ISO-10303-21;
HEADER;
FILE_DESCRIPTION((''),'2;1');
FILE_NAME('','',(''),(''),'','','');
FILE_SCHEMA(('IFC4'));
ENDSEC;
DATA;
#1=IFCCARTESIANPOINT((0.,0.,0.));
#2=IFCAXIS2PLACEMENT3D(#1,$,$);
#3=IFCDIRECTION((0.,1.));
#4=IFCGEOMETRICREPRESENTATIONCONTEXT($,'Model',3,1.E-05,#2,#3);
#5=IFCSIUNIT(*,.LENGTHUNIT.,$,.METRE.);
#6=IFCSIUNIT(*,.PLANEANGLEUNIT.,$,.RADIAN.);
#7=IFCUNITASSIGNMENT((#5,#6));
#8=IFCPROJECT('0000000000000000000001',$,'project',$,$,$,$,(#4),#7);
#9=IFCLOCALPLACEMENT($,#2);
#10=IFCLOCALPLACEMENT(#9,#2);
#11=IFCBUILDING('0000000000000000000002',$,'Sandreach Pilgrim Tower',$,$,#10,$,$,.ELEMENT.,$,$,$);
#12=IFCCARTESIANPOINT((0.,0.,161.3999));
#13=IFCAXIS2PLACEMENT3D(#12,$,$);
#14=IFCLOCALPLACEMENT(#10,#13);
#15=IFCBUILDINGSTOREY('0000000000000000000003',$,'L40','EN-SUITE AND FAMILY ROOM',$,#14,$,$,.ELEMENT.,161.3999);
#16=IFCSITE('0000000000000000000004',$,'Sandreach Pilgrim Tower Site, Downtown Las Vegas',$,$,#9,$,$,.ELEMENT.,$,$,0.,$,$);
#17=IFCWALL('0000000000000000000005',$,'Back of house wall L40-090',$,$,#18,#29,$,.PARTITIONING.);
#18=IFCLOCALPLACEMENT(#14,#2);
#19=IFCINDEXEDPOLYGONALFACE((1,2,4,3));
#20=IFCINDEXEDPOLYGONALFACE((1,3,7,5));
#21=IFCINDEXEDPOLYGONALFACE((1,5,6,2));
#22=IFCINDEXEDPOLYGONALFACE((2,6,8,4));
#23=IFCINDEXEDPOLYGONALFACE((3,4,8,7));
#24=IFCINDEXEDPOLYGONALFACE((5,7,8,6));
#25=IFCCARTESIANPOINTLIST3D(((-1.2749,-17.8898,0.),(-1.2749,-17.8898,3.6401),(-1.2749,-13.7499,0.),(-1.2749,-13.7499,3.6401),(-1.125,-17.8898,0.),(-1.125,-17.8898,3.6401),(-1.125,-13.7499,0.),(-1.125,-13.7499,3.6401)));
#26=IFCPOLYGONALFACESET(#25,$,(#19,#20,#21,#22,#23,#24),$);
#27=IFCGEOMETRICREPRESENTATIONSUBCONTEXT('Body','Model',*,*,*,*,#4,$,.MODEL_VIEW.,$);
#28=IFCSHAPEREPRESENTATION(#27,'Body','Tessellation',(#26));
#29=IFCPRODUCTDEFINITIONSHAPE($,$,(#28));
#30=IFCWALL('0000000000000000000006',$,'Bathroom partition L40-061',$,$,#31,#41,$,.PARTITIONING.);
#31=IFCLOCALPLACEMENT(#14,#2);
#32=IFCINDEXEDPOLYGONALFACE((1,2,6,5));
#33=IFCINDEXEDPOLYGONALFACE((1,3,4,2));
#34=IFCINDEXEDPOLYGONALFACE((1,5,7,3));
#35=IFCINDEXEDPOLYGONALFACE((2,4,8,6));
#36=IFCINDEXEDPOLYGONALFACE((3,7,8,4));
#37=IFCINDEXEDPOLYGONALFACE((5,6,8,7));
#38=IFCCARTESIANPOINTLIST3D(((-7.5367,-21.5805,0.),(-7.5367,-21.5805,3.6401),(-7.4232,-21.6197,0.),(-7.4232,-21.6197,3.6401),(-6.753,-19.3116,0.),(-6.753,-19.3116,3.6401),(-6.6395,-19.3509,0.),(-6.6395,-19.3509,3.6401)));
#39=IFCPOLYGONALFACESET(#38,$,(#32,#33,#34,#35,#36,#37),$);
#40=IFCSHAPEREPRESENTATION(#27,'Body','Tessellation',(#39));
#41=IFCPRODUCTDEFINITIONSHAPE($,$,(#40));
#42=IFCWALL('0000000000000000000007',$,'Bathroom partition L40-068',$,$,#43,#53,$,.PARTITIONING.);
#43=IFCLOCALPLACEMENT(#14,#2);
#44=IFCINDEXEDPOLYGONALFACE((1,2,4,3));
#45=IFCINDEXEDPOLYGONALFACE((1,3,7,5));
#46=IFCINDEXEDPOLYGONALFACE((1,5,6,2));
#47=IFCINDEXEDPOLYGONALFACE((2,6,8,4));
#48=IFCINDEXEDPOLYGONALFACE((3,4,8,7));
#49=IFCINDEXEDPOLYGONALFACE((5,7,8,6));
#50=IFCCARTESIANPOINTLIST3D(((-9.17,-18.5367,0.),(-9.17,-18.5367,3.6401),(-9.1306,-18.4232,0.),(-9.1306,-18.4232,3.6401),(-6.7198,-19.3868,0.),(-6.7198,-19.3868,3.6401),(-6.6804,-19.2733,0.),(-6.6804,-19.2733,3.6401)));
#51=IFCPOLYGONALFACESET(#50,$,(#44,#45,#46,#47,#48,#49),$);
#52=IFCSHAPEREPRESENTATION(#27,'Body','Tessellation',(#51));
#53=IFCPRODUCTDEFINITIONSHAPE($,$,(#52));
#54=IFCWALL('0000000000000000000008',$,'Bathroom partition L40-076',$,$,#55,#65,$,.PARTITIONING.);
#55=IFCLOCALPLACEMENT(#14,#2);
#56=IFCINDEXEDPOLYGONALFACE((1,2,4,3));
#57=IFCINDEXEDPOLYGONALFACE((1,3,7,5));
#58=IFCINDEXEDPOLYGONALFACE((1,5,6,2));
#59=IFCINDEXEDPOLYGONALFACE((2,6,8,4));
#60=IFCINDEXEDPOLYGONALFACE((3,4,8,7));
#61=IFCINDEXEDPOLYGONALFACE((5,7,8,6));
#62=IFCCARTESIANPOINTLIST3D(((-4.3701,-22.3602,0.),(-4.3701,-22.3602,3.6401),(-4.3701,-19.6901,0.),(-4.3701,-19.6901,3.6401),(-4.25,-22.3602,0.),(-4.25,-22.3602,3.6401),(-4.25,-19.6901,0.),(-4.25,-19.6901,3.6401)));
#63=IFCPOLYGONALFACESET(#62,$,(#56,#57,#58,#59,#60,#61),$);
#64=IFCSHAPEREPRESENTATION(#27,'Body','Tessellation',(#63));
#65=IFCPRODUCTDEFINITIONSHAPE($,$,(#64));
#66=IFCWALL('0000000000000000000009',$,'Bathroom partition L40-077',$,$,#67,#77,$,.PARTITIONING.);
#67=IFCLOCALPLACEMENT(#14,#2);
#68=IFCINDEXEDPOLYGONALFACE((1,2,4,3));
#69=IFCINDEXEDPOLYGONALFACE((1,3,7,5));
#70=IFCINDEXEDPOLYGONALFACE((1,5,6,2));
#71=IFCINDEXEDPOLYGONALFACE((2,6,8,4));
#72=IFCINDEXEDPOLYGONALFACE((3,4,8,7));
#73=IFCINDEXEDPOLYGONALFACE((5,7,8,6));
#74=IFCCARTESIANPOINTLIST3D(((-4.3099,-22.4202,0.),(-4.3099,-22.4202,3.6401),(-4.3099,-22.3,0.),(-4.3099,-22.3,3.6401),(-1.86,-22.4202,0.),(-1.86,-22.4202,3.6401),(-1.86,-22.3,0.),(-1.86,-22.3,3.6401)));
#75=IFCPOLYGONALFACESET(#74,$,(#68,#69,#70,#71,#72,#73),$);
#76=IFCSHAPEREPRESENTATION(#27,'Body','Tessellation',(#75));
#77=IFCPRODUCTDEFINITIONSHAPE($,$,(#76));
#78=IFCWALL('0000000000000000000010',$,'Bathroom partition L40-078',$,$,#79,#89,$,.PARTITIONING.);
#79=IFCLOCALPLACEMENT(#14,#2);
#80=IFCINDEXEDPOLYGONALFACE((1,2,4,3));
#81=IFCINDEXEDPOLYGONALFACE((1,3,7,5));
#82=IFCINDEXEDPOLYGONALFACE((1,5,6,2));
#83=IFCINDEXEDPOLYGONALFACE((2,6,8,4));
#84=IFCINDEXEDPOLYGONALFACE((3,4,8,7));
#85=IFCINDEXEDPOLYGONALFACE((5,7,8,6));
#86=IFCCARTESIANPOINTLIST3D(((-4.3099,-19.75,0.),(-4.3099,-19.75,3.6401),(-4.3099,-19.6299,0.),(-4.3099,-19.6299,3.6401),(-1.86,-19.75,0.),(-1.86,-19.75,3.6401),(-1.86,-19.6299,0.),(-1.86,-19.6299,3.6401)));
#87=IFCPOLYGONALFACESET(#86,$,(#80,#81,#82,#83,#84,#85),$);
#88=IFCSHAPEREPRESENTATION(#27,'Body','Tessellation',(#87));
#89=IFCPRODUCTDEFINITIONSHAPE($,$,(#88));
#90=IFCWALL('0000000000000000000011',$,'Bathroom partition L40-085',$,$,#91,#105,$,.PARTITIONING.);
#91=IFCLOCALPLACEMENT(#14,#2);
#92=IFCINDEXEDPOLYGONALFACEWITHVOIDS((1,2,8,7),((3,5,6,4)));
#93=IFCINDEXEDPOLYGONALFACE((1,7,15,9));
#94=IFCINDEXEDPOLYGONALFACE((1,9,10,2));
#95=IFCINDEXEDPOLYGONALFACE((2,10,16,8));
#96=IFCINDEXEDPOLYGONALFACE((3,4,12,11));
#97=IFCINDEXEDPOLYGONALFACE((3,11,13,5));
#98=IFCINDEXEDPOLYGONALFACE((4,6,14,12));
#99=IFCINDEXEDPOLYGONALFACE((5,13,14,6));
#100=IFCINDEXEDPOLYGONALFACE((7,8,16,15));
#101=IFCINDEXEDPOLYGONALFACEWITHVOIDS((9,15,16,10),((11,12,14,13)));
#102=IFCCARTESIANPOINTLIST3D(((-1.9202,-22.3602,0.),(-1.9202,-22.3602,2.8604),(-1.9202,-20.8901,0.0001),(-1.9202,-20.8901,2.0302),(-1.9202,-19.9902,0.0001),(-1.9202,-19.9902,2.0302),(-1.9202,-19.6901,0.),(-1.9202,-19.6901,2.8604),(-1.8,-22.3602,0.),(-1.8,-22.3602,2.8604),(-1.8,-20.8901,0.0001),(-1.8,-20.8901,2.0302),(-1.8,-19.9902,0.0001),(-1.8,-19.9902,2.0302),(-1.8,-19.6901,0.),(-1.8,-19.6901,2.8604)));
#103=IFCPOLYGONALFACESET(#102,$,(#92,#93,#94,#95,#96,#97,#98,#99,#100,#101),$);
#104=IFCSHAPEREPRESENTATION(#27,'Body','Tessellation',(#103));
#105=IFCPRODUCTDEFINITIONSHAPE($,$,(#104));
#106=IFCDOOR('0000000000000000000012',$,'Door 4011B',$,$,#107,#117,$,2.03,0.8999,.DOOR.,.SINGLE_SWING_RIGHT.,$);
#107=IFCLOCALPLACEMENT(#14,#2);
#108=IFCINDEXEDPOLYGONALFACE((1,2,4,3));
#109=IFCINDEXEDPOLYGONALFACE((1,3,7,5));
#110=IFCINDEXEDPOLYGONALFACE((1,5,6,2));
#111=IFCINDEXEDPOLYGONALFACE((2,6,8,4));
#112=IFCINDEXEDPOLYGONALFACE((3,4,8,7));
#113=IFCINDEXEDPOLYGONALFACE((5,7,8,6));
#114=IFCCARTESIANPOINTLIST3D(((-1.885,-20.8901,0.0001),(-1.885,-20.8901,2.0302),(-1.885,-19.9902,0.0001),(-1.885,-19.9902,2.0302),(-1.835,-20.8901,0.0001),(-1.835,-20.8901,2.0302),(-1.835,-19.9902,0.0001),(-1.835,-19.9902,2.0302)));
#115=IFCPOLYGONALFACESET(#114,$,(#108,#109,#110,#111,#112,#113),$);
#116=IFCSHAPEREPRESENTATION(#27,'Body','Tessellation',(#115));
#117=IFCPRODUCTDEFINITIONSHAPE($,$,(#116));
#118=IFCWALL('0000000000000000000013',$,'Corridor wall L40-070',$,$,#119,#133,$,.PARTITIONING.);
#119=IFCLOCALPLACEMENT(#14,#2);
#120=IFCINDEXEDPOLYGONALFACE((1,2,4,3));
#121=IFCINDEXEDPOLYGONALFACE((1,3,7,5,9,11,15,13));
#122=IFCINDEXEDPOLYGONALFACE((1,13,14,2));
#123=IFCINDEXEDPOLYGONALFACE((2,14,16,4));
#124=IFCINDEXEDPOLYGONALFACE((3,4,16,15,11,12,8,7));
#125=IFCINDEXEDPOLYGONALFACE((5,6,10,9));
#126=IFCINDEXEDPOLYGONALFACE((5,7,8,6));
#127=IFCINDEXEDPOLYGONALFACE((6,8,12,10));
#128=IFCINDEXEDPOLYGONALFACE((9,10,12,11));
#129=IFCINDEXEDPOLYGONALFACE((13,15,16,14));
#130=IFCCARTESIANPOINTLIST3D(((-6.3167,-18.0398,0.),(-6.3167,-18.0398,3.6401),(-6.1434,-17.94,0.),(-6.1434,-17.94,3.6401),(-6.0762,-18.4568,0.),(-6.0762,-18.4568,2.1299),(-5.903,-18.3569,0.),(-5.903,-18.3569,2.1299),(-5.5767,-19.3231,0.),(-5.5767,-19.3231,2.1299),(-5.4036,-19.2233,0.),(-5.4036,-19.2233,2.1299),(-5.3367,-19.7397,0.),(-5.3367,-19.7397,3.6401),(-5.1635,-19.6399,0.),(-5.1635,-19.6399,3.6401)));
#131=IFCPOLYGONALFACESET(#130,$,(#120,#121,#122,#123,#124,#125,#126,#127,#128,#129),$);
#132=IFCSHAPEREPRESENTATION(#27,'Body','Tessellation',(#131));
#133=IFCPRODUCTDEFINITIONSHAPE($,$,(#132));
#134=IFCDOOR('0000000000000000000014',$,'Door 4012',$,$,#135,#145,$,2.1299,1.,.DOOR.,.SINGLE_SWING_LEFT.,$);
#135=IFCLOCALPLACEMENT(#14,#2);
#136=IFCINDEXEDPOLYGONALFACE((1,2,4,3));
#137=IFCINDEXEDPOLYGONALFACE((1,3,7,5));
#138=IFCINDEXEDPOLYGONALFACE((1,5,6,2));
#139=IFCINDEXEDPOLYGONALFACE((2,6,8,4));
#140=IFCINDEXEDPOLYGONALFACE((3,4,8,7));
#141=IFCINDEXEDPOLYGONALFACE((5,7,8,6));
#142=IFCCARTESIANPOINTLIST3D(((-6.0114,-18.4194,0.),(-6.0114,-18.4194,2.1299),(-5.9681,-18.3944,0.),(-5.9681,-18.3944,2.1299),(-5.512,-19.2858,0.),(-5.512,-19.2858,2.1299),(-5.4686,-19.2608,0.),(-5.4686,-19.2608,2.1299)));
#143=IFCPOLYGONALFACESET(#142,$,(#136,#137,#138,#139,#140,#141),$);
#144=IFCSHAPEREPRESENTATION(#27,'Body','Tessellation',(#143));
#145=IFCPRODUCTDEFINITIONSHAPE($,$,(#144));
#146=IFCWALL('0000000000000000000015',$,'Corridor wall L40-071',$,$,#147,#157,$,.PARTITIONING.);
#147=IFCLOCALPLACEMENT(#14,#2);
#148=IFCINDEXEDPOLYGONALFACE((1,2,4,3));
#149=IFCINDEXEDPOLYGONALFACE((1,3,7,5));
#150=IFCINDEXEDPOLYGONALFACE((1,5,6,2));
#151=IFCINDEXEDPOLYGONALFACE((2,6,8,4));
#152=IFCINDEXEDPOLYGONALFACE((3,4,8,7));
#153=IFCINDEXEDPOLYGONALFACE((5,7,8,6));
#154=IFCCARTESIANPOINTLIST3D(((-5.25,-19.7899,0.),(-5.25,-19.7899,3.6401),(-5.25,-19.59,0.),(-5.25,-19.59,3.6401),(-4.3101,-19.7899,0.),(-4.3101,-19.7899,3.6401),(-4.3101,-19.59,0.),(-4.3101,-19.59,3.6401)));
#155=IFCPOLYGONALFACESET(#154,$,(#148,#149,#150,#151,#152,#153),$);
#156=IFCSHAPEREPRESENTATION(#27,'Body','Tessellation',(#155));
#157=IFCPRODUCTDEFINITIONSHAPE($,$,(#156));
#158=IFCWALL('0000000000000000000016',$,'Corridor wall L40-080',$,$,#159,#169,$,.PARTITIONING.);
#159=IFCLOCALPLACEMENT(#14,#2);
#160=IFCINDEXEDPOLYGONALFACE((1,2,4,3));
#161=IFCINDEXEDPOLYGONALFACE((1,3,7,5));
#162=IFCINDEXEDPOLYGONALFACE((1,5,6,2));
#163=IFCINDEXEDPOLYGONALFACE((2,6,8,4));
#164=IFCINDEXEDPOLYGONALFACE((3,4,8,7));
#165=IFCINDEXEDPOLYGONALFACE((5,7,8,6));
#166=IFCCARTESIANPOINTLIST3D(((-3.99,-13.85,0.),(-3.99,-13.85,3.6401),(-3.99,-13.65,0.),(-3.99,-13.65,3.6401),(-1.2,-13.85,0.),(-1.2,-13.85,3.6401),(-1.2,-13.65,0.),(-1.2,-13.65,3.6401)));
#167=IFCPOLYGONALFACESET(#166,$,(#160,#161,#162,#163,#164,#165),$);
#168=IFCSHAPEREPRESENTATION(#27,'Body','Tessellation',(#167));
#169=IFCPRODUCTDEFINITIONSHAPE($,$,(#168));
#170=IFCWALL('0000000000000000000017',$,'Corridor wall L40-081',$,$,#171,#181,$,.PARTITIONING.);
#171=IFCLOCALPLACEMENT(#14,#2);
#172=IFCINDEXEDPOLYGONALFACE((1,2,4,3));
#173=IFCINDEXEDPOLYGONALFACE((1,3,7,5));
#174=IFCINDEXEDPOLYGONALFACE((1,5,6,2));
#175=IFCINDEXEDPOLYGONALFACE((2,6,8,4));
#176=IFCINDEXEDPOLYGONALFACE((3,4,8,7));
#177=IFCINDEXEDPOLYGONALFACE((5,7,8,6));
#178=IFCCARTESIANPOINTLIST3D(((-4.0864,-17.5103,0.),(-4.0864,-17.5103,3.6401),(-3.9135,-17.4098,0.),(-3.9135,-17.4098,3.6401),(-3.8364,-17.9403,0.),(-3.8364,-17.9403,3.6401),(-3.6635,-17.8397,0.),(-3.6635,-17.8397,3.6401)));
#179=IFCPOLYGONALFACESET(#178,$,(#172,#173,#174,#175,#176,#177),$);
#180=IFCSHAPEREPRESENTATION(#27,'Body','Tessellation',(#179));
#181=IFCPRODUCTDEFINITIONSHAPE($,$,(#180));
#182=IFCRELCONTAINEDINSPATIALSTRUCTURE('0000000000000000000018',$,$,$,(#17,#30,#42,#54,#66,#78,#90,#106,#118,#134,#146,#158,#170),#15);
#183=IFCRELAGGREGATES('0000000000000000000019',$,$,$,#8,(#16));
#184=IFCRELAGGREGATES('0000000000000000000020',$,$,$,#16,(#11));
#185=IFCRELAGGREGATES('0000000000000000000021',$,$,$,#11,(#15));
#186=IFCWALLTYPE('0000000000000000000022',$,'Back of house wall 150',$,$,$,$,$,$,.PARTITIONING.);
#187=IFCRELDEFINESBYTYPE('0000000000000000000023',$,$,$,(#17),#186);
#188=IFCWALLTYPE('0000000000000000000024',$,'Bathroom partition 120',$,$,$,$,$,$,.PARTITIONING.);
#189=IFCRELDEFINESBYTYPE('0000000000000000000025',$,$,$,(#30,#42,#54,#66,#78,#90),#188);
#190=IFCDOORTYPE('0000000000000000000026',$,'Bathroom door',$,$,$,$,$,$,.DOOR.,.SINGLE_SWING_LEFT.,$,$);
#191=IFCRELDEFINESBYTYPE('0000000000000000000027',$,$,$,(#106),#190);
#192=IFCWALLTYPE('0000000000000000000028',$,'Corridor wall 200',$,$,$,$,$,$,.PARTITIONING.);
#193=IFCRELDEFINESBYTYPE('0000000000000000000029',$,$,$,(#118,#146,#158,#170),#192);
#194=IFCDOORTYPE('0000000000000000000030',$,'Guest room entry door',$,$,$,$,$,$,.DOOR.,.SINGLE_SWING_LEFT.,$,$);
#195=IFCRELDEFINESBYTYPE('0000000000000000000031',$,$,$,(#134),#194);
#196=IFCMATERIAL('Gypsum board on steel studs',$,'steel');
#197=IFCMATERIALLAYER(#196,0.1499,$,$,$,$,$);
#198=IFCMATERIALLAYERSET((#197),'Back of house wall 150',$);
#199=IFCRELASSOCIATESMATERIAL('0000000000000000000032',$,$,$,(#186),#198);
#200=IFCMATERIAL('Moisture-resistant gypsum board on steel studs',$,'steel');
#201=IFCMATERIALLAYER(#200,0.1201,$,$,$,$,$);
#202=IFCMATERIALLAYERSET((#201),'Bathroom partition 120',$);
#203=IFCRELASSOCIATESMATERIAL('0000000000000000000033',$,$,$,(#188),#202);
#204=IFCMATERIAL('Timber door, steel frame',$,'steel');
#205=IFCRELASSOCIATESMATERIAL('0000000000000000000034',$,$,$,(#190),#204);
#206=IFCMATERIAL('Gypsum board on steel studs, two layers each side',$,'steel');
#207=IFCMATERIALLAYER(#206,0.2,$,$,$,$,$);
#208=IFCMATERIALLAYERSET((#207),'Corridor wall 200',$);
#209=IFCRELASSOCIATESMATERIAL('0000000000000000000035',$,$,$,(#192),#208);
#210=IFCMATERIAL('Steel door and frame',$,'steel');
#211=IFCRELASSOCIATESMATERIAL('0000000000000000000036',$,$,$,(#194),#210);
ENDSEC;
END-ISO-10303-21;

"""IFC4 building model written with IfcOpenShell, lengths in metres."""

from ifc_helpers import new_model, si_unit, direction, frame, frame_2d, origin, place, context, subcontext, project, spatial, rectangle, extrude, material, layer, layer_set, type_object, element, fill, save


model = new_model("IFC4")

# Units and contexts
model_context = context("Model", 3, precision=1e-05, world=origin(), true_north=direction((0.0, 1.0)))
body_context = subcontext(model_context, "Body", "Model", "MODEL_VIEW")
ifc_project = project(units=[si_unit("LENGTHUNIT", "METRE"), si_unit("PLANEANGLEUNIT", "RADIAN")], contexts=[model_context])

# Site, building, storey
site_placement = place(None, origin())
site = spatial("IfcSite", under=ifc_project, at=site_placement, Name="Sandreach Pilgrim Tower Site, Downtown Las Vegas", CompositionType="ELEMENT", RefElevation=0.0)
building_placement = place(site_placement, origin())
building = spatial("IfcBuilding", under=site, at=building_placement, Name="Sandreach Pilgrim Tower", CompositionType="ELEMENT")
storey_placement = place(building_placement, frame((0.0, 0.0, 161.3999)))
storey = spatial("IfcBuildingStorey", under=building, at=storey_placement, Name="L40", Description="EN-SUITE AND FAMILY ROOM", CompositionType="ELEMENT", Elevation=161.3999)

# Walls
ifc_material_1 = material(Name="Gypsum board on steel studs", Category="steel")
ifc_layer_1 = layer(ifc_material_1, 0.1499)
ifc_layer_set_1 = layer_set([ifc_layer_1], Name="Back of house wall 150")
wall_type_1 = type_object("IfcWallType", Name="Back of house wall 150", PredefinedType="PARTITIONING", material=ifc_layer_set_1)
wall_1_placement = place(storey_placement, frame((-1.2, -13.75, 0.0), z_axis=(0.0, 0.0, 1.0), x_axis=(0.0, -1.0, 0.0)))
element("IfcWall", 1, at=wall_1_placement, inside=storey, type_object=wall_type_1, Name="Back of house wall L40-090", PredefinedType="PARTITIONING", context=body_context, shape_type="SweptSolid", body=[
    extrude(rectangle(XDim=4.1399, YDim=0.1499, at=frame_2d((2.0698, 0.0))), origin(), (0.0, 0.0, 1.0), 3.6401),
])
ifc_material_2 = material(Name="Moisture-resistant gypsum board on steel studs", Category="steel")
ifc_layer_2 = layer(ifc_material_2, 0.1201)
ifc_layer_set_2 = layer_set([ifc_layer_2], Name="Bathroom partition 120")
wall_type_2 = type_object("IfcWallType", Name="Bathroom partition 120", PredefinedType="PARTITIONING", material=ifc_layer_set_2)
wall_2_placement = place(storey_placement, frame((-7.48, -21.6001, 0.0), z_axis=(0.0, 0.0, 1.0), x_axis=(0.326492, 0.9452, 0.0)))
element("IfcWall", 2, at=wall_2_placement, inside=storey, type_object=wall_type_2, Name="Bathroom partition L40-061", PredefinedType="PARTITIONING", context=body_context, shape_type="SweptSolid", body=[
    extrude(rectangle(XDim=2.4004, YDim=0.1201, at=frame_2d((1.2002, 0.0))), origin(), (0.0, 0.0, 1.0), 3.6401),
])
wall_3_placement = place(storey_placement, frame((-6.7, -19.3301, 0.0), z_axis=(0.0, 0.0, 1.0), x_axis=(-0.944753, 0.327783, 0.0)))
element("IfcWall", 3, at=wall_3_placement, inside=storey, type_object=wall_type_2, Name="Bathroom partition L40-068", PredefinedType="PARTITIONING", context=body_context, shape_type="SweptSolid", body=[
    extrude(rectangle(XDim=2.5935, YDim=0.1201, at=frame_2d((1.2969, 0.0))), origin(), (0.0, 0.0, 1.0), 3.6401),
])
wall_4_placement = place(storey_placement, frame((-4.3101, -22.3601, 0.0), z_axis=(0.0, 0.0, 1.0), x_axis=(0.0, 1.0, 0.0)))
element("IfcWall", 4, at=wall_4_placement, inside=storey, type_object=wall_type_2, Name="Bathroom partition L40-076", PredefinedType="PARTITIONING", context=body_context, shape_type="SweptSolid", body=[
    extrude(rectangle(XDim=2.6702, YDim=0.1201, at=frame_2d((1.335, 0.0))), origin(), (0.0, 0.0, 1.0), 3.6401),
])
for number, where, z_axis, x_axis, name in (
    (5, (-4.3101, -22.3601, 0.0), (0.0, 0.0, 1.0), (1.0, 0.0, 0.0), "Bathroom partition L40-077"),
    (6, (-4.3101, -19.6899, 0.0), (0.0, 0.0, 1.0), (1.0, 0.0, 0.0), "Bathroom partition L40-078"),
):
    element("IfcWall", number, at=place(storey_placement, frame(where, z_axis=z_axis, x_axis=x_axis)), inside=storey, type_object=wall_type_2, Name=name, PredefinedType="PARTITIONING", context=body_context, shape_type="SweptSolid", body=[
        extrude(rectangle(XDim=2.45, YDim=0.1201, at=frame_2d((1.2251, 0.0))), origin(), (0.0, 0.0, 1.0), 3.6401),
    ])

# Walls, openings, doors
wall_5_placement = place(storey_placement, frame((-1.8601, -22.3601, 0.0), z_axis=(0.0, 0.0, 1.0), x_axis=(0.0, 1.0, 0.0)))
wall_5 = element("IfcWall", 7, at=wall_5_placement, inside=storey, type_object=wall_type_2, Name="Bathroom partition L40-085", PredefinedType="PARTITIONING", context=body_context, shape_type="SweptSolid", body=[
    extrude(rectangle(XDim=2.6702, YDim=0.1201, at=frame_2d((1.335, 0.0))), origin(), (0.0, 0.0, 1.0), 2.8604),
])
opening_1_placement = place(wall_5_placement, frame((1.47, 0.0, 0.0)))
opening_1 = element("IfcOpeningElement", 8, at=opening_1_placement, cuts=wall_5, PredefinedType="OPENING", context=body_context, shape_type="SweptSolid", body=[
    extrude(rectangle(XDim=0.8999, YDim=2.03, at=frame_2d((0.45, 1.0151))), frame((0.0, 0.0601, 0.0), z_axis=(0.0, -1.0, 0.0), x_axis=(1.0, 0.0, 0.0)), (0.0, 0.0, 1.0), 0.1201),
])
ifc_material_3 = material(Name="Timber door, steel frame", Category="steel")
door_type_1 = type_object("IfcDoorType", Name="Bathroom door", OperationType="SINGLE_SWING_LEFT", PredefinedType="DOOR", material=ifc_material_3)
door_1_placement = place(opening_1_placement, origin())
door_1 = element("IfcDoor", 9, at=door_1_placement, inside=storey, type_object=door_type_1, Name="Door 4011B", OperationType="SINGLE_SWING_RIGHT", OverallHeight=2.03, OverallWidth=0.8999, PredefinedType="DOOR", context=body_context, shape_type="SweptSolid", body=[
    extrude(rectangle(XDim=0.8999, YDim=2.03, at=frame_2d((0.45, 1.0151))), frame((0.0, 0.0249, 0.0), z_axis=(0.0, -1.0, 0.0), x_axis=(1.0, 0.0, 0.0)), (0.0, 0.0, 1.0), 0.05),
])
fill(opening_1, door_1)
ifc_material_4 = material(Name="Gypsum board on steel studs, two layers each side", Category="steel")
ifc_layer_3 = layer(ifc_material_4, 0.2)
ifc_layer_set_3 = layer_set([ifc_layer_3], Name="Corridor wall 200")
wall_type_3 = type_object("IfcWallType", Name="Corridor wall 200", PredefinedType="PARTITIONING", material=ifc_layer_set_3)
ifc_material_5 = material(Name="Steel door and frame", Category="steel")
door_type_2 = type_object("IfcDoorType", Name="Guest room entry door", OperationType="SINGLE_SWING_LEFT", PredefinedType="DOOR", material=ifc_material_5)
wall_6_placement = place(storey_placement, frame((-6.23, -17.99, 0.0), z_axis=(0.0, 0.0, 1.0), x_axis=(0.499432, -0.866353, 0.0)))
wall_6 = element("IfcWall", 10, at=wall_6_placement, inside=storey, type_object=wall_type_3, Name="Corridor wall L40-070", PredefinedType="PARTITIONING", context=body_context, shape_type="SweptSolid", body=[
    extrude(rectangle(XDim=1.9622, YDim=0.2, at=frame_2d((0.981, 0.0))), origin(), (0.0, 0.0, 1.0), 3.6401),
])
opening_2_placement = place(wall_6_placement, frame((0.4812, 0.0, 0.0)))
opening_2 = element("IfcOpeningElement", 11, at=opening_2_placement, cuts=wall_6, PredefinedType="OPENING", context=body_context, shape_type="SweptSolid", body=[
    extrude(rectangle(XDim=1.0, YDim=2.1299, at=frame_2d((0.5, 1.0649))), frame((0.0, 0.1001, 0.0), z_axis=(0.0, -1.0, 0.0), x_axis=(1.0, 0.0, 0.0)), (0.0, 0.0, 1.0), 0.2),
])
door_2_placement = place(opening_2_placement, origin())
door_2 = element("IfcDoor", 12, at=door_2_placement, inside=storey, type_object=door_type_2, Name="Door 4012", OperationType="SINGLE_SWING_LEFT", OverallHeight=2.1299, OverallWidth=1.0, PredefinedType="DOOR", context=body_context, shape_type="SweptSolid", body=[
    extrude(rectangle(XDim=1.0, YDim=2.1299, at=frame_2d((0.5, 1.0649))), frame((0.0, 0.0249, 0.0), z_axis=(0.0, -1.0, 0.0), x_axis=(1.0, 0.0, 0.0)), (0.0, 0.0, 1.0), 0.05),
])
fill(opening_2, door_2)

# Wall
wall_7_placement = place(storey_placement, frame((-5.25, -19.6899, 0.0), z_axis=(0.0, 0.0, 1.0), x_axis=(1.0, 0.0, 0.0)))
element("IfcWall", 13, at=wall_7_placement, inside=storey, type_object=wall_type_3, Name="Corridor wall L40-071", PredefinedType="PARTITIONING", context=body_context, shape_type="SweptSolid", body=[
    extrude(rectangle(XDim=0.9399, YDim=0.2, at=frame_2d((0.47, 0.0))), origin(), (0.0, 0.0, 1.0), 3.6401),
])

# Walls
wall_8_placement = place(storey_placement, frame((-3.99, -13.75, 0.0), z_axis=(0.0, 0.0, 1.0), x_axis=(1.0, 0.0, 0.0)))
element("IfcWall", 14, at=wall_8_placement, inside=storey, type_object=wall_type_3, Name="Corridor wall L40-080", PredefinedType="PARTITIONING", context=body_context, shape_type="SweptSolid", body=[
    extrude(rectangle(XDim=2.79, YDim=0.2, at=frame_2d((1.395, 0.0))), origin(), (0.0, 0.0, 1.0), 3.6401),
])
wall_9_placement = place(storey_placement, frame((-3.75, -17.8899, 0.0), z_axis=(0.0, 0.0, 1.0), x_axis=(-0.50268, 0.864472, 0.0)))
element("IfcWall", 15, at=wall_9_placement, inside=storey, type_object=wall_type_3, Name="Corridor wall L40-081", PredefinedType="PARTITIONING", context=body_context, shape_type="SweptSolid", body=[
    extrude(rectangle(XDim=0.4973, YDim=0.2, at=frame_2d((0.2485, 0.0))), origin(), (0.0, 0.0, 1.0), 3.6401),
])

save(model, "model.ifc")
